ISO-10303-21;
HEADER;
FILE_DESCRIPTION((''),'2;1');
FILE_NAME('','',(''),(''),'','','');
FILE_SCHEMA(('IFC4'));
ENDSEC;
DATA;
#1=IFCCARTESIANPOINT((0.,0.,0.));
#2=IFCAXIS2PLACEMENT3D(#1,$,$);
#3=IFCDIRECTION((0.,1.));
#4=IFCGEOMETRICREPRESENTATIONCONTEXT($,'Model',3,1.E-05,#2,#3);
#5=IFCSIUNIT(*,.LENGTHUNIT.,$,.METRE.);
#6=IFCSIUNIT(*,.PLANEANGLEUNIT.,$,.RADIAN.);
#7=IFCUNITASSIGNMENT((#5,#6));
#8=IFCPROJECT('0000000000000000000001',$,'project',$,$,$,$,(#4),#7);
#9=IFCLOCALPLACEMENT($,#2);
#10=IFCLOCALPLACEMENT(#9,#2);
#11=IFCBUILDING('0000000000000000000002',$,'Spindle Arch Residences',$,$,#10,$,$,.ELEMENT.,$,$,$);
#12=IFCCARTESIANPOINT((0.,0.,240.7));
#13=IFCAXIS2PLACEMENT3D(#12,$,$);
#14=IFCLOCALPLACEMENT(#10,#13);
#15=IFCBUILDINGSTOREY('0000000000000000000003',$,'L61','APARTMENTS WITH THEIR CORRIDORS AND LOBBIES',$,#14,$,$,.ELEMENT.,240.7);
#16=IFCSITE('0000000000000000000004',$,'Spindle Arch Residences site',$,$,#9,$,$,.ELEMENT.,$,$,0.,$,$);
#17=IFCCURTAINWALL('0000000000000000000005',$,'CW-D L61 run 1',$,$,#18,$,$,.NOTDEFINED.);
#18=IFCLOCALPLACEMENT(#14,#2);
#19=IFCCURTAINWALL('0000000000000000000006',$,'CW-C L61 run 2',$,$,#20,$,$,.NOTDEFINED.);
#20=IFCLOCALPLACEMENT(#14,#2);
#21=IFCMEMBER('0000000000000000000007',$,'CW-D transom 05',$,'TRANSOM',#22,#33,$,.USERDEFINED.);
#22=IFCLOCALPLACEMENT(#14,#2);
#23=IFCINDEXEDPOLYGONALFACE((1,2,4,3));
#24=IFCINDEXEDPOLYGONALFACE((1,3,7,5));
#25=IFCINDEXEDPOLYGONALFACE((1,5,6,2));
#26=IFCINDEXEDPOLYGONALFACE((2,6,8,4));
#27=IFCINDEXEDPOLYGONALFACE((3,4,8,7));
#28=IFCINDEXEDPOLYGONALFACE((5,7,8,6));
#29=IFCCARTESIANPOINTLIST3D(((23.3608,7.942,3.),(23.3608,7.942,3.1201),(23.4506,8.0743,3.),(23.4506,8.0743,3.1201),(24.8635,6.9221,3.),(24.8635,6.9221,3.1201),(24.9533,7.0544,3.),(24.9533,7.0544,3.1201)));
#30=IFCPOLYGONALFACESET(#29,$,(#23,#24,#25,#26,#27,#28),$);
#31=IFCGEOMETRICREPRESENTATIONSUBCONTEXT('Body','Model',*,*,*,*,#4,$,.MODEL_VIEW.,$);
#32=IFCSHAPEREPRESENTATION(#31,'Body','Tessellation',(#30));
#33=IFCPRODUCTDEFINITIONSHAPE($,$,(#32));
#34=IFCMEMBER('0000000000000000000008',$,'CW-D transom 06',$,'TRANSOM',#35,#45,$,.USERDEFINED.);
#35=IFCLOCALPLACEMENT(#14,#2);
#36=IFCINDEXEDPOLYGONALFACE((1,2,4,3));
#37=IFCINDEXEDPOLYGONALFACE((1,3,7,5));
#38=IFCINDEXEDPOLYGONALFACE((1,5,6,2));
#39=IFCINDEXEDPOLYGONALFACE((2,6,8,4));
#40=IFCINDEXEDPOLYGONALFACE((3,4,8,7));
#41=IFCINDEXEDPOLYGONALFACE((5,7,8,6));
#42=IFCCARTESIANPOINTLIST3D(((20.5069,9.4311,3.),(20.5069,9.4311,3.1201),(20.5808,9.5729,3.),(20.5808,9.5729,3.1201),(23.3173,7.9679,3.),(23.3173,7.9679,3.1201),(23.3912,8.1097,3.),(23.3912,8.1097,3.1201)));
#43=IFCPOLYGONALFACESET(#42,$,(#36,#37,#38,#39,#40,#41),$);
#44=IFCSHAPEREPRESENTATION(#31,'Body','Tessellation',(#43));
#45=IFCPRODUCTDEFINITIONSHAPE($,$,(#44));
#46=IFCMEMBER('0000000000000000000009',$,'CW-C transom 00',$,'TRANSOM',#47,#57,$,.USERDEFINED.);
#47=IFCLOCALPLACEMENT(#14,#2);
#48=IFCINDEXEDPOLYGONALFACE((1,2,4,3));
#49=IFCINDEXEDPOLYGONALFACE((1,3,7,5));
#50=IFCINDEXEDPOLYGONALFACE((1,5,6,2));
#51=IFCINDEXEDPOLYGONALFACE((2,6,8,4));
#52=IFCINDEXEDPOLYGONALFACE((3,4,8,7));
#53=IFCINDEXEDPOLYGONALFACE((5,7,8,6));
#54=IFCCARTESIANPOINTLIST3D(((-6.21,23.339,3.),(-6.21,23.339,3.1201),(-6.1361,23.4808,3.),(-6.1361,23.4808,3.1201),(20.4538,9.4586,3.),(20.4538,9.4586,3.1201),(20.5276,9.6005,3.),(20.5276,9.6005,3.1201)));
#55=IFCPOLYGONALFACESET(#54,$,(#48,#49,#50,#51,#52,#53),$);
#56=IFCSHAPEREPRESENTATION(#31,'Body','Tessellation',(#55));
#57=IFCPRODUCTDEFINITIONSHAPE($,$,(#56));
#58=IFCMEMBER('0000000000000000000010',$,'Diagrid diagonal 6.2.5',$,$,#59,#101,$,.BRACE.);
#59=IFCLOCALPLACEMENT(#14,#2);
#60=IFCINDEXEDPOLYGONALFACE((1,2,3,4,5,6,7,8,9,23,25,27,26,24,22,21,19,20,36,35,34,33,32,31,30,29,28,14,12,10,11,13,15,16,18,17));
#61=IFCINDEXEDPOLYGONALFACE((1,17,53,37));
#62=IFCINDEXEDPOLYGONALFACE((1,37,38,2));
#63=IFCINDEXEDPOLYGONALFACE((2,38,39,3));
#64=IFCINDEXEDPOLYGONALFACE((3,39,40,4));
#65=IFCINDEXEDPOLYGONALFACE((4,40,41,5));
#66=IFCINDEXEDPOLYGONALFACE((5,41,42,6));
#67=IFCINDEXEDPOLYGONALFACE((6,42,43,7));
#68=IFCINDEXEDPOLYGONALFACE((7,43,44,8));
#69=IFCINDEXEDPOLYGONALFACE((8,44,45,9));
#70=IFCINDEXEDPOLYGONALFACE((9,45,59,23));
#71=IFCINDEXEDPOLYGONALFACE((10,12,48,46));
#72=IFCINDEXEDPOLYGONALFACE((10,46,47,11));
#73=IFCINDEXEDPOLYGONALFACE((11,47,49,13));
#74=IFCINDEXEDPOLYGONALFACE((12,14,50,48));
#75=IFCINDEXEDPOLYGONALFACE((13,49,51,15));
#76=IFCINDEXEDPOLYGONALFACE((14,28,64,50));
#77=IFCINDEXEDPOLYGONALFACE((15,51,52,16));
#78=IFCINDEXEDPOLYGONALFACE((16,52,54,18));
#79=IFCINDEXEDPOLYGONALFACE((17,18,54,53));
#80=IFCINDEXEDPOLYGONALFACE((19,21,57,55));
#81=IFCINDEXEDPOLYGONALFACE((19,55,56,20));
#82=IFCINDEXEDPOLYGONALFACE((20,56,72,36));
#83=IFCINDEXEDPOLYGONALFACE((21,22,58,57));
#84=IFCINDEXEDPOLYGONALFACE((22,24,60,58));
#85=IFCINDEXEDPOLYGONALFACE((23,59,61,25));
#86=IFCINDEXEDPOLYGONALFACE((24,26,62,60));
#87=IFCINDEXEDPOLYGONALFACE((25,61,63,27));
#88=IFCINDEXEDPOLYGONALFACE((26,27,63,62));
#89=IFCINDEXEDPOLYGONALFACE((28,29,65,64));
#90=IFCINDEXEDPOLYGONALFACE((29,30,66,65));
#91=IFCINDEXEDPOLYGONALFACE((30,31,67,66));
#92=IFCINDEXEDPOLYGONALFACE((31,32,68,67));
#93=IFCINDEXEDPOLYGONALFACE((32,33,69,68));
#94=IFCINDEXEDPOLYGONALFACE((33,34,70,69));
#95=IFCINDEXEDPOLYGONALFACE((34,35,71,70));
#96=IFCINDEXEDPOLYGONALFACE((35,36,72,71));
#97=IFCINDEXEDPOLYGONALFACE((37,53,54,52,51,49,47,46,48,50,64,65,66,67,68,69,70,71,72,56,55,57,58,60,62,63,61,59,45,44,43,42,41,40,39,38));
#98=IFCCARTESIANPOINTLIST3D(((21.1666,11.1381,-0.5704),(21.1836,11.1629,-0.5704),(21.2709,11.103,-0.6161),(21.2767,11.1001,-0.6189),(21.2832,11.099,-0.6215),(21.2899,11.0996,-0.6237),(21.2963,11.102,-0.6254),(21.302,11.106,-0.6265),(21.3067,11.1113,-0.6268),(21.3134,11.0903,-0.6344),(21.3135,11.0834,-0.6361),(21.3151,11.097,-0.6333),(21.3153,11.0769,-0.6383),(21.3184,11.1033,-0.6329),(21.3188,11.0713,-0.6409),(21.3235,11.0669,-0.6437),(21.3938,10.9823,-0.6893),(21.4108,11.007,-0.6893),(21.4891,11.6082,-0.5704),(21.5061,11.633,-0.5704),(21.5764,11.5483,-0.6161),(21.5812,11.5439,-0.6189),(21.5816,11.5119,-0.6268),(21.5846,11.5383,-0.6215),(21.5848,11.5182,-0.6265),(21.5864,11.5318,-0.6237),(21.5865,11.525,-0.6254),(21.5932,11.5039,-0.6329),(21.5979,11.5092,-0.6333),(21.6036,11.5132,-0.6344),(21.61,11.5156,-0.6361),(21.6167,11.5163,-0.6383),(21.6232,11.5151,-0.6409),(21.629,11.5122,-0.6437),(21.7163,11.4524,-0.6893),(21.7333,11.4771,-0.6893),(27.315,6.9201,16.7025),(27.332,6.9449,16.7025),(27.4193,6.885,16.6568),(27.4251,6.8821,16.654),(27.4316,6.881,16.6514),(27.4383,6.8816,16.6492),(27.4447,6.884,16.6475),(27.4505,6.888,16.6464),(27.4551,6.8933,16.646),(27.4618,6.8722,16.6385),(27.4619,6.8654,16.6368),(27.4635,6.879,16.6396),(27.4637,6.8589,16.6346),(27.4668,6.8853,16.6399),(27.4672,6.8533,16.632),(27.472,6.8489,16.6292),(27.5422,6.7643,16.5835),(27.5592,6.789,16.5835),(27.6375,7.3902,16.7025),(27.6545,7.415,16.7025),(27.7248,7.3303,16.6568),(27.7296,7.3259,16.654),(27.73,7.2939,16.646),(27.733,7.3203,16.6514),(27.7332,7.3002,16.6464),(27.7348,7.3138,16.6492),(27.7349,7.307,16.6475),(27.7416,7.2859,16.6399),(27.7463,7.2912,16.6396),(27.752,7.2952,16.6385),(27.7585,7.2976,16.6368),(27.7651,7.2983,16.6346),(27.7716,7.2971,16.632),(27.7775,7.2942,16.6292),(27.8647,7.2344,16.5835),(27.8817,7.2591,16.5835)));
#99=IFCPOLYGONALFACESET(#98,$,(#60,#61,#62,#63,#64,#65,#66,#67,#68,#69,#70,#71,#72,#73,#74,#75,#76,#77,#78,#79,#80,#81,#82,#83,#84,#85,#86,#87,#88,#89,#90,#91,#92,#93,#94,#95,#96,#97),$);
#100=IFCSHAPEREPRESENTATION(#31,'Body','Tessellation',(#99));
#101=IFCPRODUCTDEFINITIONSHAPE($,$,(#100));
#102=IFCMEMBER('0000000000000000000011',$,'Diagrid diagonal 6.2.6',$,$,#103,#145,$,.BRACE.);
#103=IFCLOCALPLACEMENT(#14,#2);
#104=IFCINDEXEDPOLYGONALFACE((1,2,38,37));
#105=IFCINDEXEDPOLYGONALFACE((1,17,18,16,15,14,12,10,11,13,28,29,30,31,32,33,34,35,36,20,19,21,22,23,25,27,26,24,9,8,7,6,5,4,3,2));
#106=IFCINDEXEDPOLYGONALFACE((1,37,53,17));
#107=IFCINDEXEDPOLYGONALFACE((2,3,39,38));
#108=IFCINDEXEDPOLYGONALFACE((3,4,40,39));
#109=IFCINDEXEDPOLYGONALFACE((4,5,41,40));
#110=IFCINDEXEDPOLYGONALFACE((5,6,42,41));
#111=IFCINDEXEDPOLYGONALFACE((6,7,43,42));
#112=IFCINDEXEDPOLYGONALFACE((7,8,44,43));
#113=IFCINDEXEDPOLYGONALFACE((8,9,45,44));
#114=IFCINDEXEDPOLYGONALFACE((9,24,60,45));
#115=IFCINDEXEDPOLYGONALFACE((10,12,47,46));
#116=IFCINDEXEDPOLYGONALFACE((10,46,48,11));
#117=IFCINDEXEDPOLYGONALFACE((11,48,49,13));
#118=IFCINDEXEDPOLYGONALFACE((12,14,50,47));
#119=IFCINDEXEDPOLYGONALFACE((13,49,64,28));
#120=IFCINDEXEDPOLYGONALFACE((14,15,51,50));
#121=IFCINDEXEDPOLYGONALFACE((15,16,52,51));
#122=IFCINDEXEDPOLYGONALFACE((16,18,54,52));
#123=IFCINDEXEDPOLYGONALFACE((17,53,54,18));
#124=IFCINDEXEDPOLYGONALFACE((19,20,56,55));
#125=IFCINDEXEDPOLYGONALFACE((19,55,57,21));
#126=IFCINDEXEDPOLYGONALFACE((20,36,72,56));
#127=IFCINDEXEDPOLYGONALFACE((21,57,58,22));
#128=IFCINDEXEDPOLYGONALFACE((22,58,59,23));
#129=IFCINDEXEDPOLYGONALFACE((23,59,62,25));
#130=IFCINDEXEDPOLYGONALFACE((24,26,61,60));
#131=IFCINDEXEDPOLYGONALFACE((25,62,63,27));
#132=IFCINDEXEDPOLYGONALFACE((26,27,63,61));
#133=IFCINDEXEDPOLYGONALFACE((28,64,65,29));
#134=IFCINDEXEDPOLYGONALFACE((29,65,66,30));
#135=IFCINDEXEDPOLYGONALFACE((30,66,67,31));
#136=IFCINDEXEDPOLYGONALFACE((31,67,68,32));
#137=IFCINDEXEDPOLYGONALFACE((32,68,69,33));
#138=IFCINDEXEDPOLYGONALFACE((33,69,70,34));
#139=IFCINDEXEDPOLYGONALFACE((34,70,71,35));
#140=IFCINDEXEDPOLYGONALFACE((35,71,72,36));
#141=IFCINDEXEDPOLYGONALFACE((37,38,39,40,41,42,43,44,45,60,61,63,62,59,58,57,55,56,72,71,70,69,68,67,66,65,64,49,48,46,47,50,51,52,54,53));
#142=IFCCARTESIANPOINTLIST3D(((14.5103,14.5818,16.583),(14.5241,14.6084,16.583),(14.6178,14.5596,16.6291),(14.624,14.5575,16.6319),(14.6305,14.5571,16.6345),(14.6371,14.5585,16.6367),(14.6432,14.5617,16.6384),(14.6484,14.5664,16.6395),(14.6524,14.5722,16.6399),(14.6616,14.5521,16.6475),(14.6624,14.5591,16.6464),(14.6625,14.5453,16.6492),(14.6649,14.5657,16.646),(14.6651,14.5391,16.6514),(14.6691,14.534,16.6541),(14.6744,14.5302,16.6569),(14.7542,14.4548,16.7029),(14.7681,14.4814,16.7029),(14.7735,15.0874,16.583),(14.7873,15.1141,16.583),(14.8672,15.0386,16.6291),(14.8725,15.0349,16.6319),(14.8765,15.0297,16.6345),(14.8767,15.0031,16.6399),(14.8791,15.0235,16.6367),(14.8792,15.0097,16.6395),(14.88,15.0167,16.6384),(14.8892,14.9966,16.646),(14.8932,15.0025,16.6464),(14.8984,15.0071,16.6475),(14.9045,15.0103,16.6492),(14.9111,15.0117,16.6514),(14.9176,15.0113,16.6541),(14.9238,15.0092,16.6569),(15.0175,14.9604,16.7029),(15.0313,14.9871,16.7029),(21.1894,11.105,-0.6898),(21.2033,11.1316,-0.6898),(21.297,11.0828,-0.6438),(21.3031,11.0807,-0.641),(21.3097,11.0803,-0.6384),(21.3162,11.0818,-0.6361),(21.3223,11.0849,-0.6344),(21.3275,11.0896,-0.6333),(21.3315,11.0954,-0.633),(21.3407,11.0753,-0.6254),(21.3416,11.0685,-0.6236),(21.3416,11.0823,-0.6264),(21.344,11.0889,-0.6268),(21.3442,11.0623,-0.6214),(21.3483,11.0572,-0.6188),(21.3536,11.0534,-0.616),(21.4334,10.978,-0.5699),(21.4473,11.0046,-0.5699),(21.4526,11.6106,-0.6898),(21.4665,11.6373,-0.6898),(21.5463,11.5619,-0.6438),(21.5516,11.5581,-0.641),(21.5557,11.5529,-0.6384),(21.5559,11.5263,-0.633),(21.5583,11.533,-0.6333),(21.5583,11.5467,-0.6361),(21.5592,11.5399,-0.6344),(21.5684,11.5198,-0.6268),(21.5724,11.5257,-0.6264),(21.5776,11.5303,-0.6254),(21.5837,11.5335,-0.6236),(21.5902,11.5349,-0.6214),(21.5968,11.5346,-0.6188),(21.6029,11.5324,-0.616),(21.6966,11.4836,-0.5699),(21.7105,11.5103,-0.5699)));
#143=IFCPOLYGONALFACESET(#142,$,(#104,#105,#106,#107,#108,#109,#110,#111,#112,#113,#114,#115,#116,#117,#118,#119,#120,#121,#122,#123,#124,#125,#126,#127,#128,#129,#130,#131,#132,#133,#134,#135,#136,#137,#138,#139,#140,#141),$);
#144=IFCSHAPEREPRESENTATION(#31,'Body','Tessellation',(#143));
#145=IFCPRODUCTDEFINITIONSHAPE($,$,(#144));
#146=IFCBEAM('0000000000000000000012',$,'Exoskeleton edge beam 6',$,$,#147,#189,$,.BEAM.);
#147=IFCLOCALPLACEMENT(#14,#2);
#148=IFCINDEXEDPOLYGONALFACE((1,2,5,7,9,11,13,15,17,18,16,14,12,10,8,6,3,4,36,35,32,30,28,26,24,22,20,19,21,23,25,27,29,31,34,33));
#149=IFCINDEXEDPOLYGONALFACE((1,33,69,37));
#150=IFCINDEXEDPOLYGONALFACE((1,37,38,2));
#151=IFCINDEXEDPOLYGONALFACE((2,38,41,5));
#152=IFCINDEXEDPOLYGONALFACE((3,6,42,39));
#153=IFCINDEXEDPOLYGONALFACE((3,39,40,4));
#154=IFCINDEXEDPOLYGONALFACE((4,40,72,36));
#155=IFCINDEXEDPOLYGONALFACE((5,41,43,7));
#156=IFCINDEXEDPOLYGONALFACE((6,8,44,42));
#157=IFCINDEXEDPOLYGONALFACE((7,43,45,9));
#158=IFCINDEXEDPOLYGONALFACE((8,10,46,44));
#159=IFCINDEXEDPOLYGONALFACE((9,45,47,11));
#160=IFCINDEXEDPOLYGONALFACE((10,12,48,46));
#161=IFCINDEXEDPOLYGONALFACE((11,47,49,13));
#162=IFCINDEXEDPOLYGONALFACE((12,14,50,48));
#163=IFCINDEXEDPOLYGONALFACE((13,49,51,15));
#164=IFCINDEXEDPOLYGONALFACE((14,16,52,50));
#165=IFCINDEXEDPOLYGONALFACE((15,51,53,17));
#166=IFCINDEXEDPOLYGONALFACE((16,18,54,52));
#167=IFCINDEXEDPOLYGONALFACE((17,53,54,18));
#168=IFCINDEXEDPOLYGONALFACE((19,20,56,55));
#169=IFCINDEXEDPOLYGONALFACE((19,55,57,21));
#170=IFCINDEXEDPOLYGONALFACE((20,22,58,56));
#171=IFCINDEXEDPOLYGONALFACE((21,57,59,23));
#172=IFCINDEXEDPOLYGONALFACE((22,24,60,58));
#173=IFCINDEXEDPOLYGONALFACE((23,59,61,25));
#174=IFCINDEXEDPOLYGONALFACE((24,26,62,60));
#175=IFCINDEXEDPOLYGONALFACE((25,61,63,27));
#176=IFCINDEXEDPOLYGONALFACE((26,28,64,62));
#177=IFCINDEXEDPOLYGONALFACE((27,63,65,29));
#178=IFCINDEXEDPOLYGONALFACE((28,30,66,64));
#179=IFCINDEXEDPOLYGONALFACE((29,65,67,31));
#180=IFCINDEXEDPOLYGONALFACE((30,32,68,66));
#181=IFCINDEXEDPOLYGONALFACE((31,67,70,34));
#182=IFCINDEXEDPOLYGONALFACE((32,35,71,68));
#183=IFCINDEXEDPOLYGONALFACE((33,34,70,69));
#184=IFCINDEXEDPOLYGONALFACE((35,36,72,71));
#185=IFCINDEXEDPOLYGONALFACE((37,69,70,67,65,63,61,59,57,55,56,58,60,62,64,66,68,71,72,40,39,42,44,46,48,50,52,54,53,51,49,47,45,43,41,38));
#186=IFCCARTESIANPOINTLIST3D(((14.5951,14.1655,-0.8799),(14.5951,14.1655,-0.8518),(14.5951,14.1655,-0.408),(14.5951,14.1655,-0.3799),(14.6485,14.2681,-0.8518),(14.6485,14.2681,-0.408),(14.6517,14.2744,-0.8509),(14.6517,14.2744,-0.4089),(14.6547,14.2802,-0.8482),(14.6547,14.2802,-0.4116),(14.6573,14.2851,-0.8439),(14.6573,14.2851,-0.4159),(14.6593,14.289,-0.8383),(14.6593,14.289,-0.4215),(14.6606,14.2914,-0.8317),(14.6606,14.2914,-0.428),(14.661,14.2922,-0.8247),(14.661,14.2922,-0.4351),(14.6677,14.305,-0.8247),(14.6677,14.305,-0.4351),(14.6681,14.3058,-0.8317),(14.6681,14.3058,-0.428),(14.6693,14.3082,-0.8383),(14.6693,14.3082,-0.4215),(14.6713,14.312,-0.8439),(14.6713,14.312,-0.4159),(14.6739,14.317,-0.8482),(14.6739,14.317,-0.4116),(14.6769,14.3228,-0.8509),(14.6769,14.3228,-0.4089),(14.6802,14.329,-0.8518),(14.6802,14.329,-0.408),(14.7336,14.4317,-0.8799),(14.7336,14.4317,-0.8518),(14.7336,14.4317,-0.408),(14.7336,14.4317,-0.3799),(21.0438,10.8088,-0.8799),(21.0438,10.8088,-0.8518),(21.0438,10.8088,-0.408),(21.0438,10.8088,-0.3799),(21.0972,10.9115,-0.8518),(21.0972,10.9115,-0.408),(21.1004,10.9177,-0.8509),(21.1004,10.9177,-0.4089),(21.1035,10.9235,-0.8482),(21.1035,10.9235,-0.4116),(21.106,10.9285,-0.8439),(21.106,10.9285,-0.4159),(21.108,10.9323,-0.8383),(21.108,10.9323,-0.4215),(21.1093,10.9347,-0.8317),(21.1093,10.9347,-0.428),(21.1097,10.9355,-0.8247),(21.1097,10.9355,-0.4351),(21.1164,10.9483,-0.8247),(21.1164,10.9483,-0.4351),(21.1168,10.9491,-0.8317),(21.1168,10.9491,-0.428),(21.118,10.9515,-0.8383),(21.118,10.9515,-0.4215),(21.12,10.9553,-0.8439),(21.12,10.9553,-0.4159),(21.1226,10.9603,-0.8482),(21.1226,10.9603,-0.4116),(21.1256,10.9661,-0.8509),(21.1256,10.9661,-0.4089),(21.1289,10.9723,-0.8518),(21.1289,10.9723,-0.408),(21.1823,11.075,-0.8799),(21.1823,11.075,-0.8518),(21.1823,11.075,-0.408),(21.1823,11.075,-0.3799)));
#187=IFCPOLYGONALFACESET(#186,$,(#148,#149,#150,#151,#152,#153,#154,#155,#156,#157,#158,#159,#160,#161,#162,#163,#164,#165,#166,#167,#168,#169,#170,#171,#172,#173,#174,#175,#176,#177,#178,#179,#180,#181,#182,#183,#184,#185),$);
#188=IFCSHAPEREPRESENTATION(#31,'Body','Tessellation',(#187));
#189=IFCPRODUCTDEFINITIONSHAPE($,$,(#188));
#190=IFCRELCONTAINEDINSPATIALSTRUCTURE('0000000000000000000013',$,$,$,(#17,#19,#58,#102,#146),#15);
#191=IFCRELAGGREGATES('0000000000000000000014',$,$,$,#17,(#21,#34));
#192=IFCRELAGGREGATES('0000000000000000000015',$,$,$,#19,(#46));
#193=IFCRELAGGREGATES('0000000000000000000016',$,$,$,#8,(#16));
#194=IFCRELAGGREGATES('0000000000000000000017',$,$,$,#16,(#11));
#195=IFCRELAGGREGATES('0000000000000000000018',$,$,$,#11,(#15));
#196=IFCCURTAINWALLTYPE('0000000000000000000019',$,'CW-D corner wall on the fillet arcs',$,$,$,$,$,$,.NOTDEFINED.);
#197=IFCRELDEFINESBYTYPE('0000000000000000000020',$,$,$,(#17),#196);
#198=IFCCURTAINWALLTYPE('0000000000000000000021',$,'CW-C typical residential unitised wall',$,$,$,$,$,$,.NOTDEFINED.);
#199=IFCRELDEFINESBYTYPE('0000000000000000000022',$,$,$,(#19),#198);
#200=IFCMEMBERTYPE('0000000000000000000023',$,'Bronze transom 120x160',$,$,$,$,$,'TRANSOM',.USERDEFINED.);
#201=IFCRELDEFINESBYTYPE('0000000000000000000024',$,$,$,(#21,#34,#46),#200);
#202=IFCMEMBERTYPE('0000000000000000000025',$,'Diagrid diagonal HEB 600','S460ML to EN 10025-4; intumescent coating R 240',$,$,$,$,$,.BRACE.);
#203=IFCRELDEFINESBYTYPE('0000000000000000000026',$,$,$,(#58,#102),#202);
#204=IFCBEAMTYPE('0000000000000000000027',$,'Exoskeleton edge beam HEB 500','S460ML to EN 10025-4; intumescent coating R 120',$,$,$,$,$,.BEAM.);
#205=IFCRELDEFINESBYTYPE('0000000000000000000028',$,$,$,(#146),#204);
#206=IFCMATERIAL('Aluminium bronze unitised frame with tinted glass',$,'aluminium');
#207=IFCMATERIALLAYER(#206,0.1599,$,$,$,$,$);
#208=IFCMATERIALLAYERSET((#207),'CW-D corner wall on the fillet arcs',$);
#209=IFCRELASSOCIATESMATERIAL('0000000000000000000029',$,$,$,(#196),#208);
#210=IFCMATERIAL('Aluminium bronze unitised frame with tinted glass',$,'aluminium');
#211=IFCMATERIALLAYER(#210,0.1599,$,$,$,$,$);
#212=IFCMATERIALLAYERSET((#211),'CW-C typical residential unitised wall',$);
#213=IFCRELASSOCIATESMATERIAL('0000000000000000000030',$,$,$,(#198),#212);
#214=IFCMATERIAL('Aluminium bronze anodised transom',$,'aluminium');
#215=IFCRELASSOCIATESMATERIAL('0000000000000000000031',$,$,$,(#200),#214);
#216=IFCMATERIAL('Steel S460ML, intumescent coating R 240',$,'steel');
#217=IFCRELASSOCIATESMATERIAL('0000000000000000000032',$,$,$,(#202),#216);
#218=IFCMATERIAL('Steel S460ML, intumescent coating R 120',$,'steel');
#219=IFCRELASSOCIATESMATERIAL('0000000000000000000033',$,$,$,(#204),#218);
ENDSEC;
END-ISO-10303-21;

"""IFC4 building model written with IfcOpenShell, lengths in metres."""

from ifc_helpers import new_model, si_unit, direction, frame, origin, origin_2d, place, context, subcontext, project, spatial, rectangle, i_section, extrude, material, layer, layer_set, material_profile, profile_set, type_object, element, aggregate, save


model = new_model("IFC4")

# Units and contexts
model_context = context("Model", 3, precision=1e-05, world=origin(), true_north=direction((0.0, 1.0)))
body_context = subcontext(model_context, "Body", "Model", "MODEL_VIEW")
ifc_project = project(units=[si_unit("LENGTHUNIT", "METRE"), si_unit("PLANEANGLEUNIT", "RADIAN")], contexts=[model_context])

# Site, building, storey
site_placement = place(None, origin())
site = spatial("IfcSite", under=ifc_project, at=site_placement, Name="Spindle Arch Residences site", CompositionType="ELEMENT", RefElevation=0.0)
building_placement = place(site_placement, origin())
building = spatial("IfcBuilding", under=site, at=building_placement, Name="Spindle Arch Residences", CompositionType="ELEMENT")
storey_placement = place(building_placement, frame((0.0, 0.0, 240.7)))
storey = spatial("IfcBuildingStorey", under=building, at=storey_placement, Name="L61", Description="APARTMENTS WITH THEIR CORRIDORS AND LOBBIES", CompositionType="ELEMENT", Elevation=240.7)

# Curtain walls
ifc_material_1 = material(Name="Aluminium bronze unitised frame with tinted glass", Category="aluminium")
ifc_layer_1 = layer(ifc_material_1, 0.1599)
ifc_layer_set_1 = layer_set([ifc_layer_1], Name="CW-D corner wall on the fillet arcs")
curtain_wall_type_1 = type_object("IfcCurtainWallType", Name="CW-D corner wall on the fillet arcs", PredefinedType="NOTDEFINED", material=ifc_layer_set_1)
curtain_wall_1_placement = place(storey_placement, origin())
curtain_wall_1 = element("IfcCurtainWall", 1, at=curtain_wall_1_placement, inside=storey, type_object=curtain_wall_type_1, Name="CW-D L61 run 1", PredefinedType="NOTDEFINED")
ifc_material_2 = material(Name="Aluminium bronze unitised frame with tinted glass", Category="aluminium")
ifc_layer_2 = layer(ifc_material_2, 0.1599)
ifc_layer_set_2 = layer_set([ifc_layer_2], Name="CW-C typical residential unitised wall")
curtain_wall_type_2 = type_object("IfcCurtainWallType", Name="CW-C typical residential unitised wall", PredefinedType="NOTDEFINED", material=ifc_layer_set_2)
curtain_wall_2_placement = place(storey_placement, origin())
curtain_wall_2 = element("IfcCurtainWall", 2, at=curtain_wall_2_placement, inside=storey, type_object=curtain_wall_type_2, Name="CW-C L61 run 2", PredefinedType="NOTDEFINED")

# Members
ifc_material_3 = material(Name="Aluminium bronze anodised transom", Category="aluminium")
ifc_material_profile_1 = material_profile(ifc_material_3, rectangle(XDim=0.1599, YDim=0.1201, at=origin_2d()), Name="TR 120x160")
ifc_profile_set_1 = profile_set([ifc_material_profile_1], Name="Aluminium bronze anodised transom")
member_type_1 = type_object("IfcMemberType", Name="Bronze transom 120x160", ElementType="TRANSOM", PredefinedType="USERDEFINED", material=ifc_profile_set_1)
member_1_placement = place(storey_placement, frame((24.9084, 6.9883, 3.0601), z_axis=(-0.827451, 0.561538, 0.0), x_axis=(-0.561538, -0.827451, 0.0)))
member_1 = element("IfcMember", 3, at=member_1_placement, type_object=member_type_1, Name="CW-D transom 05", ObjectType="TRANSOM", PredefinedType="USERDEFINED", context=body_context, shape_type="SweptSolid", body=[
    extrude(rectangle(XDim=0.1599, YDim=0.1201, at=origin_2d()), origin(), (0.0, 0.0, 1.0), 1.8162),
])
member_2_placement = place(storey_placement, frame((23.3542, 8.0388, 3.0601), z_axis=(-0.886987, 0.461794, 0.0), x_axis=(-0.461794, -0.886987, 0.0)))
member_2 = element("IfcMember", 4, at=member_2_placement, type_object=member_type_1, Name="CW-D transom 06", ObjectType="TRANSOM", PredefinedType="USERDEFINED", context=body_context, shape_type="SweptSolid", body=[
    extrude(rectangle(XDim=0.1599, YDim=0.1201, at=origin_2d()), origin(), (0.0, 0.0, 1.0), 3.1685),
])
member_3_placement = place(storey_placement, frame((20.4907, 9.5295, 3.0601), z_axis=(-0.88701, 0.46175, 0.0), x_axis=(-0.46175, -0.88701, 0.0)))
member_3 = element("IfcMember", 5, at=member_3_placement, type_object=member_type_1, Name="CW-C transom 00", ObjectType="TRANSOM", PredefinedType="USERDEFINED", context=body_context, shape_type="SweptSolid", body=[
    extrude(rectangle(XDim=0.1599, YDim=0.1201, at=origin_2d()), origin(), (0.0, 0.0, 1.0), 30.0603),
])

# Members
ifc_material_4 = material(Name="Steel S460ML, intumescent coating R 240", Category="steel")
ifc_material_profile_2 = material_profile(ifc_material_4, i_section(OverallWidth=0.3, OverallDepth=0.6001, WebThickness=0.0154, FlangeThickness=0.03, FilletRadius=0.0271, at=origin_2d()), Name="HEB 600")
ifc_profile_set_2 = profile_set([ifc_material_profile_2], Name="Steel S460ML, intumescent coating R 240")
member_type_2 = type_object("IfcMemberType", Name="Diagrid diagonal HEB 600", Description="S460ML to EN 10025-4; intumescent coating R 240", PredefinedType="BRACE", material=ifc_profile_set_2)
member_4_placement = place(storey_placement, frame((21.45, 11.3076, -0.6299), z_axis=(0.326809, -0.224201, 0.918112), x_axis=(-0.757082, 0.519381, 0.396321)))
element("IfcMember", 6, at=member_4_placement, inside=storey, type_object=member_type_2, Name="Diagrid diagonal 6.2.5", PredefinedType="BRACE", context=body_context, shape_type="SweptSolid", body=[
    extrude(i_section(OverallWidth=0.3, OverallDepth=0.6001, WebThickness=0.0154, FlangeThickness=0.03, FilletRadius=0.0271, at=origin_2d()), origin(), (0.0, 0.0, 1.0), 18.8135),
])
member_5_placement = place(storey_placement, frame((21.45, 11.3076, -0.6299), z_axis=(-0.354468, 0.184516, 0.916682), x_axis=(0.813115, -0.423261, 0.399617)))
element("IfcMember", 7, at=member_5_placement, inside=storey, type_object=member_type_2, Name="Diagrid diagonal 6.2.6", PredefinedType="BRACE", context=body_context, shape_type="SweptSolid", body=[
    extrude(i_section(OverallWidth=0.3, OverallDepth=0.6001, WebThickness=0.0154, FlangeThickness=0.03, FilletRadius=0.0271, at=origin_2d()), origin(), (0.0, 0.0, 1.0), 18.8428),
])

# Beam
ifc_material_5 = material(Name="Steel S460ML, intumescent coating R 120", Category="steel")
ifc_material_profile_3 = material_profile(ifc_material_5, i_section(OverallWidth=0.3, OverallDepth=0.5, WebThickness=0.0144, FlangeThickness=0.0281, FilletRadius=0.0271, at=origin_2d()), Name="HEB 500")
ifc_profile_set_3 = profile_set([ifc_material_profile_3], Name="Steel S460ML, intumescent coating R 120")
beam_type_1 = type_object("IfcBeamType", Name="Exoskeleton edge beam HEB 500", Description="S460ML to EN 10025-4; intumescent coating R 120", PredefinedType="BEAM", material=ifc_profile_set_3)
for number, where, z_axis, x_axis, name in (
    (8, (21.113, 10.9419, -0.6299), (-0.887028, 0.461715, 0.0), (-0.461715, -0.887028, 0.0), "Exoskeleton edge beam 6"),
):
    element("IfcBeam", number, at=place(storey_placement, frame(where, z_axis=z_axis, x_axis=x_axis)), inside=storey, type_object=beam_type_1, Name=name, PredefinedType="BEAM", context=body_context, shape_type="SweptSolid", body=[
        extrude(i_section(OverallWidth=0.3, OverallDepth=0.5, WebThickness=0.0144, FlangeThickness=0.0281, FilletRadius=0.0271, at=origin_2d()), origin(), (0.0, 0.0, 1.0), 7.27),
    ])

aggregate(curtain_wall_1, [member_1, member_2])
aggregate(curtain_wall_2, [member_3])

save(model, "model.ifc")
